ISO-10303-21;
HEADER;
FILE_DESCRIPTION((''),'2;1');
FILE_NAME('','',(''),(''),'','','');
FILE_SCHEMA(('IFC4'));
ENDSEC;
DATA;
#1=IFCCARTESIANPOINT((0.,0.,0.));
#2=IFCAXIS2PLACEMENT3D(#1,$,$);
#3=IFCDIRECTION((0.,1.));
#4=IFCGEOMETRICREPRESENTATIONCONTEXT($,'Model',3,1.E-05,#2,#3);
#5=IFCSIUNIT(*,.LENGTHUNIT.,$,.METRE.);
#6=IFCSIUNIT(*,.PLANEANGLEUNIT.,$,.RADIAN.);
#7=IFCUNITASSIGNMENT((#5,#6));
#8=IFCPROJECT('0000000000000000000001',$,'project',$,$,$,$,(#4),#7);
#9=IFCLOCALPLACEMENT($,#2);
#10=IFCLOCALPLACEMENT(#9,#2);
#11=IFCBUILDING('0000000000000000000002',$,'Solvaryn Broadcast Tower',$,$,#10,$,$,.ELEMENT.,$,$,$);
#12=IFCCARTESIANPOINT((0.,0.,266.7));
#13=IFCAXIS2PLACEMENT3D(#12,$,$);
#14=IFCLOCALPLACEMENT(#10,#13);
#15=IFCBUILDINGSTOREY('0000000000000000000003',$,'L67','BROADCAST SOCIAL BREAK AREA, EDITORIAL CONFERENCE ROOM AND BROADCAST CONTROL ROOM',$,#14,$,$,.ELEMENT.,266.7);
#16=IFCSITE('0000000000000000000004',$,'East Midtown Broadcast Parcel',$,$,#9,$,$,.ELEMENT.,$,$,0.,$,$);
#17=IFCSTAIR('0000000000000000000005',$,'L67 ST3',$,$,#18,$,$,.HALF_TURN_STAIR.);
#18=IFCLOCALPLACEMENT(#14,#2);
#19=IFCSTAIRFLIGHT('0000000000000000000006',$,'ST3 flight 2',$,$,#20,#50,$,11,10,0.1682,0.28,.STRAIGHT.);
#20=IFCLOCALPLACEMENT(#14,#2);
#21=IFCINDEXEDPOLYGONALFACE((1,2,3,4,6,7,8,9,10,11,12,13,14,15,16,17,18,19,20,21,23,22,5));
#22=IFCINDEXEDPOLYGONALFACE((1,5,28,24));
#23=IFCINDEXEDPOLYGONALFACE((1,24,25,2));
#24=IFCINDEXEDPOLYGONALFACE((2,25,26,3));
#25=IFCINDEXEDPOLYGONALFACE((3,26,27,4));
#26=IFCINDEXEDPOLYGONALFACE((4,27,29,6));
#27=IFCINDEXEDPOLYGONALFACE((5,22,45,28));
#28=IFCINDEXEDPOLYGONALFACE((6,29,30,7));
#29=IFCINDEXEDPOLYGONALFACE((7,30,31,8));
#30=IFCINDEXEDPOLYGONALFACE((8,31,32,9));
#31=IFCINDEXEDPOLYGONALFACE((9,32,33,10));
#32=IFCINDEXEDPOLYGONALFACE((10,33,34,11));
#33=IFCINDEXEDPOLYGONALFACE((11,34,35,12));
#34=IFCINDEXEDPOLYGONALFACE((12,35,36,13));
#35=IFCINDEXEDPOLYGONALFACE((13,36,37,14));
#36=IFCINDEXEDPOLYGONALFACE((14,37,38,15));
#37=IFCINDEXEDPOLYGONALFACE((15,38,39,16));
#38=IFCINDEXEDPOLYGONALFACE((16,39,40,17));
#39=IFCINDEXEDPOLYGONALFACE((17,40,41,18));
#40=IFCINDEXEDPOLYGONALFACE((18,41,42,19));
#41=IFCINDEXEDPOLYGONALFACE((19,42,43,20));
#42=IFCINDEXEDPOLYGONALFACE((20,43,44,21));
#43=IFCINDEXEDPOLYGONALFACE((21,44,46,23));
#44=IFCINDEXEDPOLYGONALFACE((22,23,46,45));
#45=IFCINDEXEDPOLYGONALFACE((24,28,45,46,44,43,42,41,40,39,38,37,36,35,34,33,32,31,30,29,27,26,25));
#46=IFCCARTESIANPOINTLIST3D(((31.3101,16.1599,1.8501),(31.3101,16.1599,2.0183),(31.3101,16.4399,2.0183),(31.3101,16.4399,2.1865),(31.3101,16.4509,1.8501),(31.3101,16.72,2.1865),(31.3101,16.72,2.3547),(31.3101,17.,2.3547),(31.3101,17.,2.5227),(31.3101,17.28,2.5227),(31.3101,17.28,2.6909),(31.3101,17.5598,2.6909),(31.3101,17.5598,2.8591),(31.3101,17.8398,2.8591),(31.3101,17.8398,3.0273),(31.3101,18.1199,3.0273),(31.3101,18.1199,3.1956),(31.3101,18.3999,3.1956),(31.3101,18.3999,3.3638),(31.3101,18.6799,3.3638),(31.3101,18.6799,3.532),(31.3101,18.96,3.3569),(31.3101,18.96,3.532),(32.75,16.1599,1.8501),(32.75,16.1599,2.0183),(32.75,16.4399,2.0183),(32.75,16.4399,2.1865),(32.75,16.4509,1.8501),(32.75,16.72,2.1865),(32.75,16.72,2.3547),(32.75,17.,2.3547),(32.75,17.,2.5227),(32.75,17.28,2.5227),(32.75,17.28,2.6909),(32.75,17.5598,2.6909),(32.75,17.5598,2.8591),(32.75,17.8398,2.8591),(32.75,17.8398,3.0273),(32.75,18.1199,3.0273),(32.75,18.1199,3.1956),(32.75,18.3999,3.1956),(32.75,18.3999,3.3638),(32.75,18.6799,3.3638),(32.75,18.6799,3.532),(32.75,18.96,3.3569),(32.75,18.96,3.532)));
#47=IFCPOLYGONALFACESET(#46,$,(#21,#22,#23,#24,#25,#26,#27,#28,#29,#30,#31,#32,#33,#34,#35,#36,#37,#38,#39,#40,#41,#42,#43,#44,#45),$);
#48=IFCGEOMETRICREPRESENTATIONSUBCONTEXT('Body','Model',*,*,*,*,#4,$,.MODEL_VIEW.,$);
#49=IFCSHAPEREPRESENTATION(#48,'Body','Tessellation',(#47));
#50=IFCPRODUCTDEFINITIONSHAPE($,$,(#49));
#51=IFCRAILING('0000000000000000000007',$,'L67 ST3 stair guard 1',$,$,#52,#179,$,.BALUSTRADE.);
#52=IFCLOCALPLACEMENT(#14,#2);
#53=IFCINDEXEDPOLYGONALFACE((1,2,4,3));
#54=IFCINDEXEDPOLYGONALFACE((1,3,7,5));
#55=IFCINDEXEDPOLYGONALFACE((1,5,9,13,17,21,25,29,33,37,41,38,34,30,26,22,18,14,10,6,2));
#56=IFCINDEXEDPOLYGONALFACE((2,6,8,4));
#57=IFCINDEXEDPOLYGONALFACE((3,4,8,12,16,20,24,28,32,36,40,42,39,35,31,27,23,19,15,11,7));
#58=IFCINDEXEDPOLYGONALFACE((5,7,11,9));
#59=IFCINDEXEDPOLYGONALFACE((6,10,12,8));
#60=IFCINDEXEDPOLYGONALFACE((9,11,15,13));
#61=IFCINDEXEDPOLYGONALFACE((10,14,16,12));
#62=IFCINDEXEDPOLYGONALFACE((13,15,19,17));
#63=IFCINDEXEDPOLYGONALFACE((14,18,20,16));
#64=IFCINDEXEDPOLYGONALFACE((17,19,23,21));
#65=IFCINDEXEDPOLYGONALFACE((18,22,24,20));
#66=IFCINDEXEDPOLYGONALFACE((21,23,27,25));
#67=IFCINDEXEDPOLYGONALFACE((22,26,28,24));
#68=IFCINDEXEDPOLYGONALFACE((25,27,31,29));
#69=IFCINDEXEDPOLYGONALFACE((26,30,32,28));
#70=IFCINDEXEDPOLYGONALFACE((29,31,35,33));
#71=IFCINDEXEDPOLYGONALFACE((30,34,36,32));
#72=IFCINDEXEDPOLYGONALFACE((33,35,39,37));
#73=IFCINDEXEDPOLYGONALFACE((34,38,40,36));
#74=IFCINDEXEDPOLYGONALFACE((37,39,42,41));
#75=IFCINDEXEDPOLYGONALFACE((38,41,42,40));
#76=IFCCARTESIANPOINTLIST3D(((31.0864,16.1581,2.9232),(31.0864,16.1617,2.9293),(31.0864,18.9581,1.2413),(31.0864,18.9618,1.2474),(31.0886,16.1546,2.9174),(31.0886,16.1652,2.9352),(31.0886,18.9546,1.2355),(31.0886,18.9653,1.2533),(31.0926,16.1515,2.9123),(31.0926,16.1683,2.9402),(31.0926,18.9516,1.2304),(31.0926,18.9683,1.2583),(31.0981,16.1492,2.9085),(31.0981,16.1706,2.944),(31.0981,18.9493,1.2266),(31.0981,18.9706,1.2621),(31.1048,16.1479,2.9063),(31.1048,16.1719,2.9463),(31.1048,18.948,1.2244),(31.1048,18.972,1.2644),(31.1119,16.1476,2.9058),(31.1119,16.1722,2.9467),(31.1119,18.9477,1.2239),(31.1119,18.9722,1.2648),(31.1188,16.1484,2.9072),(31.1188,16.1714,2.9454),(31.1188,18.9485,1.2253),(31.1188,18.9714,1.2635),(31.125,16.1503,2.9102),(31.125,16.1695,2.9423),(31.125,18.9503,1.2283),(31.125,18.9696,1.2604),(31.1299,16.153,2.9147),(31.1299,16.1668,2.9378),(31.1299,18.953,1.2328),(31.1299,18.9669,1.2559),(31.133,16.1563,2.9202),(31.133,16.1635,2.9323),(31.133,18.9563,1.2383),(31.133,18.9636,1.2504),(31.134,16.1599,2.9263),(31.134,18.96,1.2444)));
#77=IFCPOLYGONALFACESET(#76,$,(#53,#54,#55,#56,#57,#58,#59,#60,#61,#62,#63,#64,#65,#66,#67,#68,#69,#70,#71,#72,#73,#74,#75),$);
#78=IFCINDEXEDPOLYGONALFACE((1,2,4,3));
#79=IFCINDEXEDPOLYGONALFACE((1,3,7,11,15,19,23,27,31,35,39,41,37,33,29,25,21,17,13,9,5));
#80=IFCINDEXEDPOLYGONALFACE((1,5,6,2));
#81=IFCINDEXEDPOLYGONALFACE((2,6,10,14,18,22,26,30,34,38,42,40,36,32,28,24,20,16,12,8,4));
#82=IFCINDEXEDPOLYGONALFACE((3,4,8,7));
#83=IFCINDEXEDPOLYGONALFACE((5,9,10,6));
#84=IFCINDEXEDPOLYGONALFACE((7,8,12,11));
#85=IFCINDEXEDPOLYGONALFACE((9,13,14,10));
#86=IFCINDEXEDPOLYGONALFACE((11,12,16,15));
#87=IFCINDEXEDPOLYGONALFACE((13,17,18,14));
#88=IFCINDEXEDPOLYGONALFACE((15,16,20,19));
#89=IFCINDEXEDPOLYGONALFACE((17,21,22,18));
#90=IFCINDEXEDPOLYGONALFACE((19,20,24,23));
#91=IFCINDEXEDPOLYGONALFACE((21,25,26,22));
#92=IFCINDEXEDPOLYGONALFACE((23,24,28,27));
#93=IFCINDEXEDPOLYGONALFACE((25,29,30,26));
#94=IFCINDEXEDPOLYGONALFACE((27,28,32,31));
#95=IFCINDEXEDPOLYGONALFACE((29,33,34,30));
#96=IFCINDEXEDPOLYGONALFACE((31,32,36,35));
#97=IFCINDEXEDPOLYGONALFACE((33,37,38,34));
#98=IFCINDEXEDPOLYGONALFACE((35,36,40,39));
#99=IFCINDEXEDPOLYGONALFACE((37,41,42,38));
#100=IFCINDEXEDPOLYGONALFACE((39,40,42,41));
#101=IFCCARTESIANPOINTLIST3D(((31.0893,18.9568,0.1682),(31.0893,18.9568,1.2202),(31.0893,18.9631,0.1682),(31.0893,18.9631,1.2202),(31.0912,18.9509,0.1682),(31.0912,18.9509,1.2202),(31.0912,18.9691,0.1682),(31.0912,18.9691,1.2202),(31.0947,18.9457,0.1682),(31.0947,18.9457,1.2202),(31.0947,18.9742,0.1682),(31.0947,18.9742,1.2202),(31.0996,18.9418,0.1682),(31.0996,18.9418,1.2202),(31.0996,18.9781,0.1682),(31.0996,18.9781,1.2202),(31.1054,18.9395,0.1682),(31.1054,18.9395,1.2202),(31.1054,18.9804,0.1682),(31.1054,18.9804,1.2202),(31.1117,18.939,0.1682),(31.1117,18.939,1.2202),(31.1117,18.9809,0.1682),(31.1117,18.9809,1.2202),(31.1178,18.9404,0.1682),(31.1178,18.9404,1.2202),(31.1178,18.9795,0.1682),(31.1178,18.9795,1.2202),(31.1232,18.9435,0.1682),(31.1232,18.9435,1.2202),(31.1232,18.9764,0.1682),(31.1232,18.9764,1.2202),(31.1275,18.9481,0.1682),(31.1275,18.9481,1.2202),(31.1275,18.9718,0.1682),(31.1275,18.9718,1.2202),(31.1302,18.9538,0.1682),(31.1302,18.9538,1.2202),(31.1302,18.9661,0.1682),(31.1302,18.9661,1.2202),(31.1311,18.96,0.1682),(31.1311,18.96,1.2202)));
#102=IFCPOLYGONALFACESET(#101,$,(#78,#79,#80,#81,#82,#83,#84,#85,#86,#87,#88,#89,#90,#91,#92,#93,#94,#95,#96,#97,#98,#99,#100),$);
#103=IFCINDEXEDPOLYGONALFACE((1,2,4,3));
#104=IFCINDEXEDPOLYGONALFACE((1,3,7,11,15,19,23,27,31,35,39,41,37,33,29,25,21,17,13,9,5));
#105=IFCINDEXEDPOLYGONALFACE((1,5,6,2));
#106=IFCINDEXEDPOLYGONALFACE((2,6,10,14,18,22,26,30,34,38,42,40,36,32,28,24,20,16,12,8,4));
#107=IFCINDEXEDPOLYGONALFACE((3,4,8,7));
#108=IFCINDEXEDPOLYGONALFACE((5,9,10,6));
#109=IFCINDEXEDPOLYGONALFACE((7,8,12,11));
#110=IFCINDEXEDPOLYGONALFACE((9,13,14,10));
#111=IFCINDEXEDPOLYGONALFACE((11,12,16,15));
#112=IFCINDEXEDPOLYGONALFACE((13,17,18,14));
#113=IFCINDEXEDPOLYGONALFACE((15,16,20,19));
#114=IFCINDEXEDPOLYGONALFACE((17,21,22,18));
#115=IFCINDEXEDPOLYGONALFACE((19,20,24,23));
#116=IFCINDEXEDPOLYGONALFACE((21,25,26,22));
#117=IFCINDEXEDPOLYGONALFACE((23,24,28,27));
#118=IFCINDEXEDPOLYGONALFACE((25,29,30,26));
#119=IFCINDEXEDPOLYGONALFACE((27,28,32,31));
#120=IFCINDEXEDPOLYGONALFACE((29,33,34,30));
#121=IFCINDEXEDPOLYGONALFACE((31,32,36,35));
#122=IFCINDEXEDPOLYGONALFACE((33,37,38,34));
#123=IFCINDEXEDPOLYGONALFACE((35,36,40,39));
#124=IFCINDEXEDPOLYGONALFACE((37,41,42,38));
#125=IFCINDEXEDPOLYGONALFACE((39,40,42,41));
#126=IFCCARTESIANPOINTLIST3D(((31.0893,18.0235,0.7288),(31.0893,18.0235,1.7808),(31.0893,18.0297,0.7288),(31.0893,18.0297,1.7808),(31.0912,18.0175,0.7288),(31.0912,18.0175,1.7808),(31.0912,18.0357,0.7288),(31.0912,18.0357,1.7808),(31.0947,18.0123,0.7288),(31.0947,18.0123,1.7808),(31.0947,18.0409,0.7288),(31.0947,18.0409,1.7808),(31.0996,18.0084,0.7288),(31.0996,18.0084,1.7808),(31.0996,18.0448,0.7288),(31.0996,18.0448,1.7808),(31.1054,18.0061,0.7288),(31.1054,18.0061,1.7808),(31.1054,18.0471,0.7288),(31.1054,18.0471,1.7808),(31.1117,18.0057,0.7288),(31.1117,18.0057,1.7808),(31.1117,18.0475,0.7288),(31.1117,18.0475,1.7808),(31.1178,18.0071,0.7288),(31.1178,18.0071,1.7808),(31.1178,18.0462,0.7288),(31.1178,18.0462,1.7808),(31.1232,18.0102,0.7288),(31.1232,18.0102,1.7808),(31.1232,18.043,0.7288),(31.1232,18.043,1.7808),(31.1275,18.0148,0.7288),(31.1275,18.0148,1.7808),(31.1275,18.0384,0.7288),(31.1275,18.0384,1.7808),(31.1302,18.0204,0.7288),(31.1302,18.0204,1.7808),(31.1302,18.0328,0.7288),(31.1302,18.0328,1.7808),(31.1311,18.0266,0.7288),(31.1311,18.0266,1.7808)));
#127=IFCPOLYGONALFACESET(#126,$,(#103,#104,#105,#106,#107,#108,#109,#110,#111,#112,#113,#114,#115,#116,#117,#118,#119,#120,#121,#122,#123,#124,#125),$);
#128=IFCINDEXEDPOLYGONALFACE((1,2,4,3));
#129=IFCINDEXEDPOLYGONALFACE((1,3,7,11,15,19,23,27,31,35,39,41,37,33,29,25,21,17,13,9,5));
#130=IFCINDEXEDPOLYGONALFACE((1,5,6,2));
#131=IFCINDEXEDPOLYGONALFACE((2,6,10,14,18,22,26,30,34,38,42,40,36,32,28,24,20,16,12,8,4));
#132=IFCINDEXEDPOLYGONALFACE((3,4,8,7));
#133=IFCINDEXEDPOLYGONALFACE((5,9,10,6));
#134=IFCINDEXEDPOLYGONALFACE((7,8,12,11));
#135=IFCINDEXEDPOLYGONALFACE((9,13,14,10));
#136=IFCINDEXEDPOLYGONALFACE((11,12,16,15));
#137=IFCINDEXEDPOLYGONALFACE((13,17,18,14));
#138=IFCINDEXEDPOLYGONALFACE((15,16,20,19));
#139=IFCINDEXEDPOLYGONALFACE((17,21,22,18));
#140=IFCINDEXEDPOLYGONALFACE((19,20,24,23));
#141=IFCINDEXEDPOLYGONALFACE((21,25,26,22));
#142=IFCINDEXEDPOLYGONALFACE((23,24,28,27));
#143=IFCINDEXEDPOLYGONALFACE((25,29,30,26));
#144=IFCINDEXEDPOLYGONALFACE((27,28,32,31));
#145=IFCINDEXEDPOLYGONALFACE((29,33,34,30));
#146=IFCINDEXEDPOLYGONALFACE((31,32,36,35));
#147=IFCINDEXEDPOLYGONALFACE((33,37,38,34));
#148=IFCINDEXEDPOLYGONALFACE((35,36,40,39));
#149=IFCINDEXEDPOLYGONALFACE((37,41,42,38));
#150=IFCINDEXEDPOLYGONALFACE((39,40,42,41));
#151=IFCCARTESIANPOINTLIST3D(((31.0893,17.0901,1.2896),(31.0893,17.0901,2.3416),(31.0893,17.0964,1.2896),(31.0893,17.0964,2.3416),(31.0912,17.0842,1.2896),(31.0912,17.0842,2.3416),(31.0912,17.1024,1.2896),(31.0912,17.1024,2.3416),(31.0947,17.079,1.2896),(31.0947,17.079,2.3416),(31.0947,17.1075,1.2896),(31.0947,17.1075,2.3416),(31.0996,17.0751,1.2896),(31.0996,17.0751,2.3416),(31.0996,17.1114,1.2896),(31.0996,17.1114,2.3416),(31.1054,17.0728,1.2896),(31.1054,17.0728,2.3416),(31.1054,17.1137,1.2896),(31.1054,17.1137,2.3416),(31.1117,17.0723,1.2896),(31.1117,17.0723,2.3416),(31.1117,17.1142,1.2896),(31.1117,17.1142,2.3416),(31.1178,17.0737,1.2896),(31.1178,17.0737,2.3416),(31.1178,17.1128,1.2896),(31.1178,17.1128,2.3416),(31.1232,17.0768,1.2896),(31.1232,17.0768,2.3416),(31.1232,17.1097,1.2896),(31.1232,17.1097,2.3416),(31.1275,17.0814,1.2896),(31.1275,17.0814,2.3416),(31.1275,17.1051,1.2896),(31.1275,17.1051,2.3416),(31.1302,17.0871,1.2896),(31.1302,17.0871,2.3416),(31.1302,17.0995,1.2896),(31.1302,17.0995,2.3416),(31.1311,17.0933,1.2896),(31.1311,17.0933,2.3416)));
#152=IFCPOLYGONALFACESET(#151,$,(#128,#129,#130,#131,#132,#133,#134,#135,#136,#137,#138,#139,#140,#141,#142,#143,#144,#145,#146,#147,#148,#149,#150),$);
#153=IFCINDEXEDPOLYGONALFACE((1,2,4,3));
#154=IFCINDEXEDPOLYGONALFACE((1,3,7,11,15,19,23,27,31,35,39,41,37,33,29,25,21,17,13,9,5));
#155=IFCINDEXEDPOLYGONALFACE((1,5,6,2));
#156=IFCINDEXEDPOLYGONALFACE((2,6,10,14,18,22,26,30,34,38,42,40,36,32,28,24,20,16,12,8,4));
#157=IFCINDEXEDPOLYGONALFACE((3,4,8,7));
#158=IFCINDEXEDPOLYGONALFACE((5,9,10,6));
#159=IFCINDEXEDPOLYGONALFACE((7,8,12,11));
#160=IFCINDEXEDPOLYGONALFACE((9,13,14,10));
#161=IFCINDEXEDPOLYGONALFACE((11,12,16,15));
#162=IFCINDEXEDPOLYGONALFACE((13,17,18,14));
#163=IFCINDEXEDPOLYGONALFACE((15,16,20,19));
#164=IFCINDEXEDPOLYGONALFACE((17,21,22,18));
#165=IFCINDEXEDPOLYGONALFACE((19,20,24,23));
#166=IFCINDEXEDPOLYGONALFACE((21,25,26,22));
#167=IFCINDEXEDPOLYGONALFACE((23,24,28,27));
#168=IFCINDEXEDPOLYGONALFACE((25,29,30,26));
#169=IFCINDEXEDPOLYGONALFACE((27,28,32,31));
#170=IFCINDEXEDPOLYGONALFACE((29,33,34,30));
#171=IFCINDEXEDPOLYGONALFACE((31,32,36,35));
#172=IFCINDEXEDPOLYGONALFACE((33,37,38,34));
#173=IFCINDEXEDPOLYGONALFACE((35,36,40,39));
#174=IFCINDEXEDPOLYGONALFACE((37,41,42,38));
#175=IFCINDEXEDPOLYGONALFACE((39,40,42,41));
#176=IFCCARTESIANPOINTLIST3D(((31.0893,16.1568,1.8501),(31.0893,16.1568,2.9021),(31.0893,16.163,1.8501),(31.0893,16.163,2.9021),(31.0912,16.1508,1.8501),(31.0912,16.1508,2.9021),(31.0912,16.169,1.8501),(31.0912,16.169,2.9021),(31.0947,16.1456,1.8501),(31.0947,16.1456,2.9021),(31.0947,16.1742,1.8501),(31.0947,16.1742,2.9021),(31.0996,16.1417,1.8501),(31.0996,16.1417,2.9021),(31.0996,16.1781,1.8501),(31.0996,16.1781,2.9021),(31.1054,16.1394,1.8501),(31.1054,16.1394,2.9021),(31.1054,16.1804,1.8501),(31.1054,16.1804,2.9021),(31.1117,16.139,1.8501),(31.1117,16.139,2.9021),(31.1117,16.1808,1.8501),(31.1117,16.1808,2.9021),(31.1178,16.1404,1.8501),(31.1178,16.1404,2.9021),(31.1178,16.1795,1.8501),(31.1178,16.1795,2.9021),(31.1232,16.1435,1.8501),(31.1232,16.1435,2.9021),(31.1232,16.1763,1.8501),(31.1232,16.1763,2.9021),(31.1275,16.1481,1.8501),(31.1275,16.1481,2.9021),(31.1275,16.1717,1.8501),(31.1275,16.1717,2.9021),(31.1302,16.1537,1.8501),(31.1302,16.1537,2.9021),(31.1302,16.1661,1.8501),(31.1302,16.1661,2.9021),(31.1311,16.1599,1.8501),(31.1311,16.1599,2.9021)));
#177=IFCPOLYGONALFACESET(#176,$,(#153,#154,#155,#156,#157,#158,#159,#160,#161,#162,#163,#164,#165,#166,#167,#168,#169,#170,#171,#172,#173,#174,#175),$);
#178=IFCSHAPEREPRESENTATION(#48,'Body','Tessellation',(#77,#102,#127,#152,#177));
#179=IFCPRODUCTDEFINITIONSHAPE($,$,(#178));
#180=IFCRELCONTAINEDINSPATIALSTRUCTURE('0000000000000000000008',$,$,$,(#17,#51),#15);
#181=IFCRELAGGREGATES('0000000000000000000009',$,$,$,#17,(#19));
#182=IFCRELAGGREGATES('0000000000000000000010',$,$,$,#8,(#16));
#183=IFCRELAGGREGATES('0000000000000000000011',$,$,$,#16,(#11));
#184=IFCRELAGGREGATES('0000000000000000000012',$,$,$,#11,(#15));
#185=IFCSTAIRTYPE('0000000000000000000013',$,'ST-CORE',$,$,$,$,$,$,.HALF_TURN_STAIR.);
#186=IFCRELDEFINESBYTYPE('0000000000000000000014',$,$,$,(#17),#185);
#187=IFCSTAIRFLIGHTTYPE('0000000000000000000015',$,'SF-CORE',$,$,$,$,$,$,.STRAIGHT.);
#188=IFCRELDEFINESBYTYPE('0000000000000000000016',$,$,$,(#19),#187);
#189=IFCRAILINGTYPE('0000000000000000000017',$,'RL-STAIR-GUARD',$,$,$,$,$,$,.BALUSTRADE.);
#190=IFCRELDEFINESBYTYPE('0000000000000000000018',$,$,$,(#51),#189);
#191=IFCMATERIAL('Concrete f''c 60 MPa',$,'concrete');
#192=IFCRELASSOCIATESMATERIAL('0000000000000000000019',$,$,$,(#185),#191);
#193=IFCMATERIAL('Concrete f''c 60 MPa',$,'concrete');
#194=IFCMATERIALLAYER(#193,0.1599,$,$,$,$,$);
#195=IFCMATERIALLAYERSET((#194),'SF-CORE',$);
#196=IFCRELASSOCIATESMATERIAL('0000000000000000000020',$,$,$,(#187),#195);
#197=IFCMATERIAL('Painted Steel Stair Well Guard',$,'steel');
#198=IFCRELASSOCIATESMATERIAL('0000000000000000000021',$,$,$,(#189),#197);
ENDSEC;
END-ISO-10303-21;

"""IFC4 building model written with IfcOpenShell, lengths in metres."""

from ifc_helpers import new_model, si_unit, direction, frame, origin, origin_2d, place, context, subcontext, project, spatial, polyline, circle, outline, extrude, material, layer, layer_set, type_object, element, aggregate, save


model = new_model("IFC4")

# Units and contexts
model_context = context("Model", 3, precision=1e-05, world=origin(), true_north=direction((0.0, 1.0)))
body_context = subcontext(model_context, "Body", "Model", "MODEL_VIEW")
ifc_project = project(units=[si_unit("LENGTHUNIT", "METRE"), si_unit("PLANEANGLEUNIT", "RADIAN")], contexts=[model_context])

# Site, building, storey
site_placement = place(None, origin())
site = spatial("IfcSite", under=ifc_project, at=site_placement, Name="East Midtown Broadcast Parcel", CompositionType="ELEMENT", RefElevation=0.0)
building_placement = place(site_placement, origin())
building = spatial("IfcBuilding", under=site, at=building_placement, Name="Solvaryn Broadcast Tower", CompositionType="ELEMENT")
storey_placement = place(building_placement, frame((0.0, 0.0, 266.7)))
storey = spatial("IfcBuildingStorey", under=building, at=storey_placement, Name="L67", Description="BROADCAST SOCIAL BREAK AREA, EDITORIAL CONFERENCE ROOM AND BROADCAST CONTROL ROOM", CompositionType="ELEMENT", Elevation=266.7)

# Stair, stair flight
ifc_material_1 = material(Name="Concrete f'c 60 MPa", Category="concrete")
stair_type = type_object("IfcStairType", Name="ST-CORE", PredefinedType="HALF_TURN_STAIR", material=ifc_material_1)
stair_placement = place(storey_placement, origin())
stair = element("IfcStair", 1, at=stair_placement, inside=storey, type_object=stair_type, Name="L67 ST3", PredefinedType="HALF_TURN_STAIR")
ifc_material_2 = material(Name="Concrete f'c 60 MPa", Category="concrete")
ifc_layer_1 = layer(ifc_material_2, 0.1599)
ifc_layer_set_1 = layer_set([ifc_layer_1], Name="SF-CORE")
stair_flight_type = type_object("IfcStairFlightType", Name="SF-CORE", PredefinedType="STRAIGHT", material=ifc_layer_set_1)
stair_flight_1_placement = place(storey_placement, frame((32.03, 16.1599, 1.8501), z_axis=(0.0, 0.0, 1.0), x_axis=(0.0, 1.0, 0.0)))
stair_flight_1 = element("IfcStairFlight", 2, at=stair_flight_1_placement, type_object=stair_flight_type, Name="ST3 flight 2", NumberOfRisers=11, NumberOfTreads=10, PredefinedType="STRAIGHT", RiserHeight=0.1682, TreadLength=0.28, context=body_context, shape_type="SweptSolid", body=[
    extrude(outline(polyline([(0.0, 0.0), (0.0, 0.1682), (0.28, 0.1682), (0.28, 0.3364), (0.5601, 0.3364), (0.5601, 0.5046), (0.8401, 0.5046), (0.8401, 0.6726), (1.1201, 0.6726), (1.1201, 0.8408), (1.3999, 0.8408), (1.3999, 1.009), (1.6799, 1.009), (1.6799, 1.1772), (1.96, 1.1772), (1.96, 1.3455), (2.24, 1.3455), (2.24, 1.5137), (2.52, 1.5137), (2.52, 1.6819), (2.8, 1.6819), (2.8, 1.8501), (2.8, 1.5068), (0.291, 0.0), (0.0, 0.0)])), frame((0.0, 0.72, 0.0), z_axis=(0.0, -1.0, 0.0), x_axis=(1.0, 0.0, 0.0)), (0.0, 0.0, 1.0), 1.4399),
])
aggregate(stair, [stair_flight_1])

# Railing
ifc_material_3 = material(Name="Painted Steel Stair Well Guard", Category="steel")
railing_type_1 = type_object("IfcRailingType", Name="RL-STAIR-GUARD", PredefinedType="BALUSTRADE", material=ifc_material_3)
railing_1_placement = place(storey_placement, frame((31.1101, 18.96, 0.1682)))
element("IfcRailing", 3, at=railing_1_placement, inside=storey, type_object=railing_type_1, Name="L67 ST3 stair guard 1", PredefinedType="BALUSTRADE", context=body_context, shape_type="SweptSolid", body=[
    extrude(circle(Radius=0.0239, at=origin_2d()), frame((0.0, 0.0, 1.0762), z_axis=(0.0, -0.857242, 0.514913), x_axis=(1.0, 0.0, 0.0)), (0.0, 0.0, 1.0), 3.2664),
    extrude(circle(Radius=0.021, at=origin_2d()), origin(), (0.0, 0.0, 1.0), 1.052),
    extrude(circle(Radius=0.021, at=origin_2d()), frame((0.0, -0.9333, 0.5605)), (0.0, 0.0, 1.0), 1.052),
    extrude(circle(Radius=0.021, at=origin_2d()), frame((0.0, -1.8667, 1.1213)), (0.0, 0.0, 1.0), 1.052),
    extrude(circle(Radius=0.021, at=origin_2d()), frame((0.0, -2.8, 1.6819)), (0.0, 0.0, 1.0), 1.052),
])

save(model, "model.ifc")
